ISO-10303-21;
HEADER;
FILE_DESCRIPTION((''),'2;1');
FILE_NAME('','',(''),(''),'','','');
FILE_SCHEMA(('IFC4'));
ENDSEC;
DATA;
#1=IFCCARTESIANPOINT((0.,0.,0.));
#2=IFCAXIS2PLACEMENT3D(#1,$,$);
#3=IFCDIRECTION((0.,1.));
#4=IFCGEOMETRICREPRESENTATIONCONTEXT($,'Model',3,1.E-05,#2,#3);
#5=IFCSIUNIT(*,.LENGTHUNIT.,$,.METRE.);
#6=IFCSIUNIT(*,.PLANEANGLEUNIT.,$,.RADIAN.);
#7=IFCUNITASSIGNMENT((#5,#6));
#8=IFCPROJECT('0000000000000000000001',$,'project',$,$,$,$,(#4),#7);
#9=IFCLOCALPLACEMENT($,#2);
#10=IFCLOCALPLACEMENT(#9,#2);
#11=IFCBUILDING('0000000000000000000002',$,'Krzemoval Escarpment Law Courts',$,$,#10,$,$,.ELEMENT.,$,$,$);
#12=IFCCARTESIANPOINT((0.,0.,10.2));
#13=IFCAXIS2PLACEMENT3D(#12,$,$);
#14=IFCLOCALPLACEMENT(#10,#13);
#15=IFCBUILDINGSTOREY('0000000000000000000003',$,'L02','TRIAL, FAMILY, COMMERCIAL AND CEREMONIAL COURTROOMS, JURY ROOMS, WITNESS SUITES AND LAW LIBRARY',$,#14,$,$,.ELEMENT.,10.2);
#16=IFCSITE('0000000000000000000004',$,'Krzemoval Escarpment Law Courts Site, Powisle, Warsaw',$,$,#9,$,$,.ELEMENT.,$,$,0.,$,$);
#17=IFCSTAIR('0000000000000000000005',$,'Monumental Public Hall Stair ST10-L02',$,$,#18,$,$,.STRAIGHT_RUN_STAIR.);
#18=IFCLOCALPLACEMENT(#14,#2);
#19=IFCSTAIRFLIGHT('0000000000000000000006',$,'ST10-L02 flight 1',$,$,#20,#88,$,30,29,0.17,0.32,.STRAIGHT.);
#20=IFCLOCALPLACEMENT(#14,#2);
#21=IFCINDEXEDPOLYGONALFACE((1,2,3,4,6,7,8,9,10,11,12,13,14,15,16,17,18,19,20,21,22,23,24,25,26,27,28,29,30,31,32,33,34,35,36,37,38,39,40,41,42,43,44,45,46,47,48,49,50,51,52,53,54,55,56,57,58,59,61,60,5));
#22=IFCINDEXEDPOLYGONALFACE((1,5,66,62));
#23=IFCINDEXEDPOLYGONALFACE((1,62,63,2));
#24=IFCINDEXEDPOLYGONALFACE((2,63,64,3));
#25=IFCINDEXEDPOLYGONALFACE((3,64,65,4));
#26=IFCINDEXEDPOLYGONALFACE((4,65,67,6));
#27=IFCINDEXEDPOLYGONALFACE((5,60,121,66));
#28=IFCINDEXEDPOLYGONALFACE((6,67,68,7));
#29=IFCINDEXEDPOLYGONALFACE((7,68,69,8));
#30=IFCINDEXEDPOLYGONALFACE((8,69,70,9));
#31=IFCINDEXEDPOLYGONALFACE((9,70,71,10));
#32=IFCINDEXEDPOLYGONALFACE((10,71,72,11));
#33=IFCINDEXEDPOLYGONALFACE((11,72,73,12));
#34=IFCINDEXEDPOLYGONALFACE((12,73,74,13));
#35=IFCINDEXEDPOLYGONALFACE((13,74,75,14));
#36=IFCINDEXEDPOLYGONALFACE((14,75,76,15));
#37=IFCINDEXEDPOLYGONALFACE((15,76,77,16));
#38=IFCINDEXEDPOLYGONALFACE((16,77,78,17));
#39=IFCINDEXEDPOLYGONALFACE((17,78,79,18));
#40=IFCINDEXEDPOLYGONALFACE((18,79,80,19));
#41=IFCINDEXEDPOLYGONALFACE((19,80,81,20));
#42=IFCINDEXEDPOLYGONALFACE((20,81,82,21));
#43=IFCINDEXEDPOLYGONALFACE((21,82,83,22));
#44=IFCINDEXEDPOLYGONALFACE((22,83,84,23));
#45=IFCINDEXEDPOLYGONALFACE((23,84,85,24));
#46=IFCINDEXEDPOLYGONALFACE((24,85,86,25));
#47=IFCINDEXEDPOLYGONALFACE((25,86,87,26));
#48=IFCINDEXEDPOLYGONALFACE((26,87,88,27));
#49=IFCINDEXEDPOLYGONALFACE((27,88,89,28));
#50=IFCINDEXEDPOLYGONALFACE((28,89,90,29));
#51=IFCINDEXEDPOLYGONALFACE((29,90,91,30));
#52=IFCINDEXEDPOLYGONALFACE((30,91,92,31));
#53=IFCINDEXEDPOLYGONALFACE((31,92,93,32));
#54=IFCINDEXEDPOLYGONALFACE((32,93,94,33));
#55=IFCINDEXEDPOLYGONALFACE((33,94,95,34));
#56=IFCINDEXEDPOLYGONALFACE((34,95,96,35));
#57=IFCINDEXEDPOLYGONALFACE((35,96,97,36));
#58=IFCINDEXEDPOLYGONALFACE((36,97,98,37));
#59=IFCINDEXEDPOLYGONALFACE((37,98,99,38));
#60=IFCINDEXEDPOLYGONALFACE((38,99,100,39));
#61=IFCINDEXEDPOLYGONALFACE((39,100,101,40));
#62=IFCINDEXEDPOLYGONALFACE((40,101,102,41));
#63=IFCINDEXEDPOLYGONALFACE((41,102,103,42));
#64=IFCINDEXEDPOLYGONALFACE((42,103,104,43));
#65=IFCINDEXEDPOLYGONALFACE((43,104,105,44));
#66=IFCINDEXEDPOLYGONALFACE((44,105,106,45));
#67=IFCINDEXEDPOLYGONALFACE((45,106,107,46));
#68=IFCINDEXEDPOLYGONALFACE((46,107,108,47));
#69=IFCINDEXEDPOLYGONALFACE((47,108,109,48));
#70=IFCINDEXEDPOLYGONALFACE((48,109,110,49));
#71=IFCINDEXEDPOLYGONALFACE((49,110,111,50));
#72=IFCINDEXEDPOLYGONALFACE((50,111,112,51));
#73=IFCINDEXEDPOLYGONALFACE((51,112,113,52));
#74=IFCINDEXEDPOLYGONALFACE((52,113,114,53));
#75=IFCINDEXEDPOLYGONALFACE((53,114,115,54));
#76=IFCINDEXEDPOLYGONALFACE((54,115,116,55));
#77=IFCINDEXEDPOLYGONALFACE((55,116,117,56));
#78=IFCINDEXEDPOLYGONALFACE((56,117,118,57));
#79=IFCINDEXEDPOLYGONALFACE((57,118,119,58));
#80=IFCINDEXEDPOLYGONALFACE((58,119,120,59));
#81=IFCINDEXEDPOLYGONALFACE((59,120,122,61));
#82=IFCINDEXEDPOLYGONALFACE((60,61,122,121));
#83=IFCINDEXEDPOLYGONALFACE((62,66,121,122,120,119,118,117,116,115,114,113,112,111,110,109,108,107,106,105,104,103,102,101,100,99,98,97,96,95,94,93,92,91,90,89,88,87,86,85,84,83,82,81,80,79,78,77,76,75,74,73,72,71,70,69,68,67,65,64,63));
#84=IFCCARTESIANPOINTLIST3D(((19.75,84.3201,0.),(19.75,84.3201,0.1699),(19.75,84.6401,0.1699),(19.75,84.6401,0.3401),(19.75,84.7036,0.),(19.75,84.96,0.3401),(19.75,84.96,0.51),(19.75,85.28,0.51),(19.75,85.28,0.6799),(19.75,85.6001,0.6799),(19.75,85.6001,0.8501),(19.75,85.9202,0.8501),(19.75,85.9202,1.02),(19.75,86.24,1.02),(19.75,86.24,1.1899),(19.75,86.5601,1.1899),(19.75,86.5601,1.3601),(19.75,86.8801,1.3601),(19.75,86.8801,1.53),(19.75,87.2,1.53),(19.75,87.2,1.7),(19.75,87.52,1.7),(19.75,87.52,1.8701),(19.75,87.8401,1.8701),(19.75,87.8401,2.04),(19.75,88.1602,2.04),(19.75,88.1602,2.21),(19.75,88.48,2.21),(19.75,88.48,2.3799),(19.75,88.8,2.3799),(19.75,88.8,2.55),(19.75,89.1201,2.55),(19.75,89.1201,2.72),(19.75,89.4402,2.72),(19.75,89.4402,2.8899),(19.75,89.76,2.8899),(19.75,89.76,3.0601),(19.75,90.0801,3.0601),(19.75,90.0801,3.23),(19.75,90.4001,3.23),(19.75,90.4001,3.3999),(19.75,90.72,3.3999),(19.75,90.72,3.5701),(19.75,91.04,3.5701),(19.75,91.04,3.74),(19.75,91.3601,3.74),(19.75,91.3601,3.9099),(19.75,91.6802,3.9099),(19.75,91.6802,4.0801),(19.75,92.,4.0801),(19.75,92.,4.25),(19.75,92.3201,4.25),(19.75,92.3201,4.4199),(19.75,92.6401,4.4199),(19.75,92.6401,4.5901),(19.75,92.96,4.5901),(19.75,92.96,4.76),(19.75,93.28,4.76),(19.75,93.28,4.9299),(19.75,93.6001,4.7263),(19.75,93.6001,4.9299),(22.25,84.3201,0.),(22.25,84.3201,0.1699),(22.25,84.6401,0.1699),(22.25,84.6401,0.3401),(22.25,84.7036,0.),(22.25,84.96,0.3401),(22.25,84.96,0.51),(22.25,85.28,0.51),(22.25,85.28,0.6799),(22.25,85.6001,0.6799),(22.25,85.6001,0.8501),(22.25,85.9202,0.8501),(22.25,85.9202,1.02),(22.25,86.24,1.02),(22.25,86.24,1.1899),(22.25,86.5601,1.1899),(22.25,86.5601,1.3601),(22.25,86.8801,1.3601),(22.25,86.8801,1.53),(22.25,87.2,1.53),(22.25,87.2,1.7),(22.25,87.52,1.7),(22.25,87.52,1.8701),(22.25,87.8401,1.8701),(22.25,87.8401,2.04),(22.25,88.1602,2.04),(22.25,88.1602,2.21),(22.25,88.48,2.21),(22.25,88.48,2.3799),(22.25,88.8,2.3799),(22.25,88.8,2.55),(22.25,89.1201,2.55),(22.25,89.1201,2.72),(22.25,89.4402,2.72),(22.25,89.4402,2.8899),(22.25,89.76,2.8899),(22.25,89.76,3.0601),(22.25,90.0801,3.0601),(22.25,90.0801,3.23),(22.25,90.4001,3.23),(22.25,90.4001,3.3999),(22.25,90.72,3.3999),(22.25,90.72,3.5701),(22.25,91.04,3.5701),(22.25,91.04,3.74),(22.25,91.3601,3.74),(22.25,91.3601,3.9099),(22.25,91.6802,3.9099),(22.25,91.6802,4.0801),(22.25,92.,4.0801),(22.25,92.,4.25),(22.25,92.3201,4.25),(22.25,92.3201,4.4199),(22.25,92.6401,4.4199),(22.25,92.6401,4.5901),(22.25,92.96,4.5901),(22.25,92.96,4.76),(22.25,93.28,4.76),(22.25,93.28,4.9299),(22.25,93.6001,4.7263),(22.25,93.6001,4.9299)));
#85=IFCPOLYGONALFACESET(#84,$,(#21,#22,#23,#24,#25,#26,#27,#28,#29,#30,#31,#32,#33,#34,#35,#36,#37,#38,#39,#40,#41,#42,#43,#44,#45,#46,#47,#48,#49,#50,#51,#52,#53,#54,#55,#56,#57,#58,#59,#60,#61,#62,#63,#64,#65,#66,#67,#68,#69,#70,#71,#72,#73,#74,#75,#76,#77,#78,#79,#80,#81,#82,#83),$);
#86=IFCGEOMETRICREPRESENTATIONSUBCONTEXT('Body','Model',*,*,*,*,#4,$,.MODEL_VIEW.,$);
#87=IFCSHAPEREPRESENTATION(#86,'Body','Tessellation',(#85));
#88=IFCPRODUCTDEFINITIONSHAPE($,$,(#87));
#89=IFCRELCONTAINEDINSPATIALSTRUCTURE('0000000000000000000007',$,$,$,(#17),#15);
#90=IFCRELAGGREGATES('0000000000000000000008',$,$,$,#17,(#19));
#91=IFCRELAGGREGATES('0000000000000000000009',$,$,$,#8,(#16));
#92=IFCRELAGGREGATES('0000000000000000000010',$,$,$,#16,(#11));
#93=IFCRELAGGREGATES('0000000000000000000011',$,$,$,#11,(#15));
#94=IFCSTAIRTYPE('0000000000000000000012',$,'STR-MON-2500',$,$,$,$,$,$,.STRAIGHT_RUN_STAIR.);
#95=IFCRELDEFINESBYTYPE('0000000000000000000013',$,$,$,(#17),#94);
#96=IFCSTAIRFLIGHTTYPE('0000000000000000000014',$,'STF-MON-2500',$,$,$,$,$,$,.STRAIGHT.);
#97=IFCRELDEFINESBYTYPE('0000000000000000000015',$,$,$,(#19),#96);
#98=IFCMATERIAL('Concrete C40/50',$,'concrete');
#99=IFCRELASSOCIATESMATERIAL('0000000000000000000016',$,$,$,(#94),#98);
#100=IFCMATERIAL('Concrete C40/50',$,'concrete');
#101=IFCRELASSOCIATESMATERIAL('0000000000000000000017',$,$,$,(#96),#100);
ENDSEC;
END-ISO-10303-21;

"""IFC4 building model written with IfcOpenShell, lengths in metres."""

from ifc_helpers import new_model, si_unit, direction, frame, origin, place, context, subcontext, project, spatial, polyline, outline, extrude, material, type_object, element, aggregate, save


model = new_model("IFC4")

# Units and contexts
model_context = context("Model", 3, precision=1e-05, world=origin(), true_north=direction((0.0, 1.0)))
body_context = subcontext(model_context, "Body", "Model", "MODEL_VIEW")
ifc_project = project(units=[si_unit("LENGTHUNIT", "METRE"), si_unit("PLANEANGLEUNIT", "RADIAN")], contexts=[model_context])

# Site, building, storey
site_placement = place(None, origin())
site = spatial("IfcSite", under=ifc_project, at=site_placement, Name="Krzemoval Escarpment Law Courts Site, Powisle, Warsaw", CompositionType="ELEMENT", RefElevation=0.0)
building_placement = place(site_placement, origin())
building = spatial("IfcBuilding", under=site, at=building_placement, Name="Krzemoval Escarpment Law Courts", CompositionType="ELEMENT")
storey_placement = place(building_placement, frame((0.0, 0.0, 10.2)))
storey = spatial("IfcBuildingStorey", under=building, at=storey_placement, Name="L02", Description="TRIAL, FAMILY, COMMERCIAL AND CEREMONIAL COURTROOMS, JURY ROOMS, WITNESS SUITES AND LAW LIBRARY", CompositionType="ELEMENT", Elevation=10.2)

# Stair, stair flight
ifc_material_1 = material(Name="Concrete C40/50", Category="concrete")
stair_type = type_object("IfcStairType", Name="STR-MON-2500", PredefinedType="STRAIGHT_RUN_STAIR", material=ifc_material_1)
stair_placement = place(storey_placement, origin())
stair = element("IfcStair", 1, at=stair_placement, inside=storey, type_object=stair_type, Name="Monumental Public Hall Stair ST10-L02", PredefinedType="STRAIGHT_RUN_STAIR")
ifc_material_2 = material(Name="Concrete C40/50", Category="concrete")
stair_flight_type = type_object("IfcStairFlightType", Name="STF-MON-2500", PredefinedType="STRAIGHT", material=ifc_material_2)
stair_flight_placement = place(storey_placement, frame((21.0, 84.3201, 0.0), z_axis=(0.0, 0.0, 1.0), x_axis=(0.0, 1.0, 0.0)))
stair_flight = element("IfcStairFlight", 2, at=stair_flight_placement, type_object=stair_flight_type, Name="ST10-L02 flight 1", NumberOfRisers=30, NumberOfTreads=29, PredefinedType="STRAIGHT", RiserHeight=0.17, TreadLength=0.32, context=body_context, shape_type="SweptSolid", body=[
    extrude(outline(polyline([(0.0, 0.0), (0.0, 0.1699), (0.3201, 0.1699), (0.3201, 0.3401), (0.6399, 0.3401), (0.6399, 0.51), (0.96, 0.51), (0.96, 0.6799), (1.28, 0.6799), (1.28, 0.8501), (1.6001, 0.8501), (1.6001, 1.02), (1.9199, 1.02), (1.9199, 1.1899), (2.24, 1.1899), (2.24, 1.3601), (2.5601, 1.3601), (2.5601, 1.53), (2.8799, 1.53), (2.8799, 1.7), (3.2, 1.7), (3.2, 1.8701), (3.52, 1.8701), (3.52, 2.04), (3.8401, 2.04), (3.8401, 2.21), (4.1599, 2.21), (4.1599, 2.3799), (4.48, 2.3799), (4.48, 2.55), (4.8, 2.55), (4.8, 2.72), (5.1201, 2.72), (5.1201, 2.8899), (5.4399, 2.8899), (5.4399, 3.0601), (5.76, 3.0601), (5.76, 3.23), (6.0801, 3.23), (6.0801, 3.3999), (6.3999, 3.3999), (6.3999, 3.5701), (6.72, 3.5701), (6.72, 3.74), (7.04, 3.74), (7.04, 3.9099), (7.3601, 3.9099), (7.3601, 4.0801), (7.6799, 4.0801), (7.6799, 4.25), (8.0, 4.25), (8.0, 4.4199), (8.3201, 4.4199), (8.3201, 4.5901), (8.6399, 4.5901), (8.6399, 4.76), (8.96, 4.76), (8.96, 4.9299), (9.28, 4.9299), (9.28, 5.1001), (9.28, 4.7263), (0.3835, 0.0), (0.0, 0.0)])), frame((0.0, 1.25, 0.0), z_axis=(0.0, -1.0, 0.0), x_axis=(1.0, 0.0, 0.0)), (0.0, 0.0, 1.0), 2.5),
])
aggregate(stair, [stair_flight])

save(model, "model.ifc")
